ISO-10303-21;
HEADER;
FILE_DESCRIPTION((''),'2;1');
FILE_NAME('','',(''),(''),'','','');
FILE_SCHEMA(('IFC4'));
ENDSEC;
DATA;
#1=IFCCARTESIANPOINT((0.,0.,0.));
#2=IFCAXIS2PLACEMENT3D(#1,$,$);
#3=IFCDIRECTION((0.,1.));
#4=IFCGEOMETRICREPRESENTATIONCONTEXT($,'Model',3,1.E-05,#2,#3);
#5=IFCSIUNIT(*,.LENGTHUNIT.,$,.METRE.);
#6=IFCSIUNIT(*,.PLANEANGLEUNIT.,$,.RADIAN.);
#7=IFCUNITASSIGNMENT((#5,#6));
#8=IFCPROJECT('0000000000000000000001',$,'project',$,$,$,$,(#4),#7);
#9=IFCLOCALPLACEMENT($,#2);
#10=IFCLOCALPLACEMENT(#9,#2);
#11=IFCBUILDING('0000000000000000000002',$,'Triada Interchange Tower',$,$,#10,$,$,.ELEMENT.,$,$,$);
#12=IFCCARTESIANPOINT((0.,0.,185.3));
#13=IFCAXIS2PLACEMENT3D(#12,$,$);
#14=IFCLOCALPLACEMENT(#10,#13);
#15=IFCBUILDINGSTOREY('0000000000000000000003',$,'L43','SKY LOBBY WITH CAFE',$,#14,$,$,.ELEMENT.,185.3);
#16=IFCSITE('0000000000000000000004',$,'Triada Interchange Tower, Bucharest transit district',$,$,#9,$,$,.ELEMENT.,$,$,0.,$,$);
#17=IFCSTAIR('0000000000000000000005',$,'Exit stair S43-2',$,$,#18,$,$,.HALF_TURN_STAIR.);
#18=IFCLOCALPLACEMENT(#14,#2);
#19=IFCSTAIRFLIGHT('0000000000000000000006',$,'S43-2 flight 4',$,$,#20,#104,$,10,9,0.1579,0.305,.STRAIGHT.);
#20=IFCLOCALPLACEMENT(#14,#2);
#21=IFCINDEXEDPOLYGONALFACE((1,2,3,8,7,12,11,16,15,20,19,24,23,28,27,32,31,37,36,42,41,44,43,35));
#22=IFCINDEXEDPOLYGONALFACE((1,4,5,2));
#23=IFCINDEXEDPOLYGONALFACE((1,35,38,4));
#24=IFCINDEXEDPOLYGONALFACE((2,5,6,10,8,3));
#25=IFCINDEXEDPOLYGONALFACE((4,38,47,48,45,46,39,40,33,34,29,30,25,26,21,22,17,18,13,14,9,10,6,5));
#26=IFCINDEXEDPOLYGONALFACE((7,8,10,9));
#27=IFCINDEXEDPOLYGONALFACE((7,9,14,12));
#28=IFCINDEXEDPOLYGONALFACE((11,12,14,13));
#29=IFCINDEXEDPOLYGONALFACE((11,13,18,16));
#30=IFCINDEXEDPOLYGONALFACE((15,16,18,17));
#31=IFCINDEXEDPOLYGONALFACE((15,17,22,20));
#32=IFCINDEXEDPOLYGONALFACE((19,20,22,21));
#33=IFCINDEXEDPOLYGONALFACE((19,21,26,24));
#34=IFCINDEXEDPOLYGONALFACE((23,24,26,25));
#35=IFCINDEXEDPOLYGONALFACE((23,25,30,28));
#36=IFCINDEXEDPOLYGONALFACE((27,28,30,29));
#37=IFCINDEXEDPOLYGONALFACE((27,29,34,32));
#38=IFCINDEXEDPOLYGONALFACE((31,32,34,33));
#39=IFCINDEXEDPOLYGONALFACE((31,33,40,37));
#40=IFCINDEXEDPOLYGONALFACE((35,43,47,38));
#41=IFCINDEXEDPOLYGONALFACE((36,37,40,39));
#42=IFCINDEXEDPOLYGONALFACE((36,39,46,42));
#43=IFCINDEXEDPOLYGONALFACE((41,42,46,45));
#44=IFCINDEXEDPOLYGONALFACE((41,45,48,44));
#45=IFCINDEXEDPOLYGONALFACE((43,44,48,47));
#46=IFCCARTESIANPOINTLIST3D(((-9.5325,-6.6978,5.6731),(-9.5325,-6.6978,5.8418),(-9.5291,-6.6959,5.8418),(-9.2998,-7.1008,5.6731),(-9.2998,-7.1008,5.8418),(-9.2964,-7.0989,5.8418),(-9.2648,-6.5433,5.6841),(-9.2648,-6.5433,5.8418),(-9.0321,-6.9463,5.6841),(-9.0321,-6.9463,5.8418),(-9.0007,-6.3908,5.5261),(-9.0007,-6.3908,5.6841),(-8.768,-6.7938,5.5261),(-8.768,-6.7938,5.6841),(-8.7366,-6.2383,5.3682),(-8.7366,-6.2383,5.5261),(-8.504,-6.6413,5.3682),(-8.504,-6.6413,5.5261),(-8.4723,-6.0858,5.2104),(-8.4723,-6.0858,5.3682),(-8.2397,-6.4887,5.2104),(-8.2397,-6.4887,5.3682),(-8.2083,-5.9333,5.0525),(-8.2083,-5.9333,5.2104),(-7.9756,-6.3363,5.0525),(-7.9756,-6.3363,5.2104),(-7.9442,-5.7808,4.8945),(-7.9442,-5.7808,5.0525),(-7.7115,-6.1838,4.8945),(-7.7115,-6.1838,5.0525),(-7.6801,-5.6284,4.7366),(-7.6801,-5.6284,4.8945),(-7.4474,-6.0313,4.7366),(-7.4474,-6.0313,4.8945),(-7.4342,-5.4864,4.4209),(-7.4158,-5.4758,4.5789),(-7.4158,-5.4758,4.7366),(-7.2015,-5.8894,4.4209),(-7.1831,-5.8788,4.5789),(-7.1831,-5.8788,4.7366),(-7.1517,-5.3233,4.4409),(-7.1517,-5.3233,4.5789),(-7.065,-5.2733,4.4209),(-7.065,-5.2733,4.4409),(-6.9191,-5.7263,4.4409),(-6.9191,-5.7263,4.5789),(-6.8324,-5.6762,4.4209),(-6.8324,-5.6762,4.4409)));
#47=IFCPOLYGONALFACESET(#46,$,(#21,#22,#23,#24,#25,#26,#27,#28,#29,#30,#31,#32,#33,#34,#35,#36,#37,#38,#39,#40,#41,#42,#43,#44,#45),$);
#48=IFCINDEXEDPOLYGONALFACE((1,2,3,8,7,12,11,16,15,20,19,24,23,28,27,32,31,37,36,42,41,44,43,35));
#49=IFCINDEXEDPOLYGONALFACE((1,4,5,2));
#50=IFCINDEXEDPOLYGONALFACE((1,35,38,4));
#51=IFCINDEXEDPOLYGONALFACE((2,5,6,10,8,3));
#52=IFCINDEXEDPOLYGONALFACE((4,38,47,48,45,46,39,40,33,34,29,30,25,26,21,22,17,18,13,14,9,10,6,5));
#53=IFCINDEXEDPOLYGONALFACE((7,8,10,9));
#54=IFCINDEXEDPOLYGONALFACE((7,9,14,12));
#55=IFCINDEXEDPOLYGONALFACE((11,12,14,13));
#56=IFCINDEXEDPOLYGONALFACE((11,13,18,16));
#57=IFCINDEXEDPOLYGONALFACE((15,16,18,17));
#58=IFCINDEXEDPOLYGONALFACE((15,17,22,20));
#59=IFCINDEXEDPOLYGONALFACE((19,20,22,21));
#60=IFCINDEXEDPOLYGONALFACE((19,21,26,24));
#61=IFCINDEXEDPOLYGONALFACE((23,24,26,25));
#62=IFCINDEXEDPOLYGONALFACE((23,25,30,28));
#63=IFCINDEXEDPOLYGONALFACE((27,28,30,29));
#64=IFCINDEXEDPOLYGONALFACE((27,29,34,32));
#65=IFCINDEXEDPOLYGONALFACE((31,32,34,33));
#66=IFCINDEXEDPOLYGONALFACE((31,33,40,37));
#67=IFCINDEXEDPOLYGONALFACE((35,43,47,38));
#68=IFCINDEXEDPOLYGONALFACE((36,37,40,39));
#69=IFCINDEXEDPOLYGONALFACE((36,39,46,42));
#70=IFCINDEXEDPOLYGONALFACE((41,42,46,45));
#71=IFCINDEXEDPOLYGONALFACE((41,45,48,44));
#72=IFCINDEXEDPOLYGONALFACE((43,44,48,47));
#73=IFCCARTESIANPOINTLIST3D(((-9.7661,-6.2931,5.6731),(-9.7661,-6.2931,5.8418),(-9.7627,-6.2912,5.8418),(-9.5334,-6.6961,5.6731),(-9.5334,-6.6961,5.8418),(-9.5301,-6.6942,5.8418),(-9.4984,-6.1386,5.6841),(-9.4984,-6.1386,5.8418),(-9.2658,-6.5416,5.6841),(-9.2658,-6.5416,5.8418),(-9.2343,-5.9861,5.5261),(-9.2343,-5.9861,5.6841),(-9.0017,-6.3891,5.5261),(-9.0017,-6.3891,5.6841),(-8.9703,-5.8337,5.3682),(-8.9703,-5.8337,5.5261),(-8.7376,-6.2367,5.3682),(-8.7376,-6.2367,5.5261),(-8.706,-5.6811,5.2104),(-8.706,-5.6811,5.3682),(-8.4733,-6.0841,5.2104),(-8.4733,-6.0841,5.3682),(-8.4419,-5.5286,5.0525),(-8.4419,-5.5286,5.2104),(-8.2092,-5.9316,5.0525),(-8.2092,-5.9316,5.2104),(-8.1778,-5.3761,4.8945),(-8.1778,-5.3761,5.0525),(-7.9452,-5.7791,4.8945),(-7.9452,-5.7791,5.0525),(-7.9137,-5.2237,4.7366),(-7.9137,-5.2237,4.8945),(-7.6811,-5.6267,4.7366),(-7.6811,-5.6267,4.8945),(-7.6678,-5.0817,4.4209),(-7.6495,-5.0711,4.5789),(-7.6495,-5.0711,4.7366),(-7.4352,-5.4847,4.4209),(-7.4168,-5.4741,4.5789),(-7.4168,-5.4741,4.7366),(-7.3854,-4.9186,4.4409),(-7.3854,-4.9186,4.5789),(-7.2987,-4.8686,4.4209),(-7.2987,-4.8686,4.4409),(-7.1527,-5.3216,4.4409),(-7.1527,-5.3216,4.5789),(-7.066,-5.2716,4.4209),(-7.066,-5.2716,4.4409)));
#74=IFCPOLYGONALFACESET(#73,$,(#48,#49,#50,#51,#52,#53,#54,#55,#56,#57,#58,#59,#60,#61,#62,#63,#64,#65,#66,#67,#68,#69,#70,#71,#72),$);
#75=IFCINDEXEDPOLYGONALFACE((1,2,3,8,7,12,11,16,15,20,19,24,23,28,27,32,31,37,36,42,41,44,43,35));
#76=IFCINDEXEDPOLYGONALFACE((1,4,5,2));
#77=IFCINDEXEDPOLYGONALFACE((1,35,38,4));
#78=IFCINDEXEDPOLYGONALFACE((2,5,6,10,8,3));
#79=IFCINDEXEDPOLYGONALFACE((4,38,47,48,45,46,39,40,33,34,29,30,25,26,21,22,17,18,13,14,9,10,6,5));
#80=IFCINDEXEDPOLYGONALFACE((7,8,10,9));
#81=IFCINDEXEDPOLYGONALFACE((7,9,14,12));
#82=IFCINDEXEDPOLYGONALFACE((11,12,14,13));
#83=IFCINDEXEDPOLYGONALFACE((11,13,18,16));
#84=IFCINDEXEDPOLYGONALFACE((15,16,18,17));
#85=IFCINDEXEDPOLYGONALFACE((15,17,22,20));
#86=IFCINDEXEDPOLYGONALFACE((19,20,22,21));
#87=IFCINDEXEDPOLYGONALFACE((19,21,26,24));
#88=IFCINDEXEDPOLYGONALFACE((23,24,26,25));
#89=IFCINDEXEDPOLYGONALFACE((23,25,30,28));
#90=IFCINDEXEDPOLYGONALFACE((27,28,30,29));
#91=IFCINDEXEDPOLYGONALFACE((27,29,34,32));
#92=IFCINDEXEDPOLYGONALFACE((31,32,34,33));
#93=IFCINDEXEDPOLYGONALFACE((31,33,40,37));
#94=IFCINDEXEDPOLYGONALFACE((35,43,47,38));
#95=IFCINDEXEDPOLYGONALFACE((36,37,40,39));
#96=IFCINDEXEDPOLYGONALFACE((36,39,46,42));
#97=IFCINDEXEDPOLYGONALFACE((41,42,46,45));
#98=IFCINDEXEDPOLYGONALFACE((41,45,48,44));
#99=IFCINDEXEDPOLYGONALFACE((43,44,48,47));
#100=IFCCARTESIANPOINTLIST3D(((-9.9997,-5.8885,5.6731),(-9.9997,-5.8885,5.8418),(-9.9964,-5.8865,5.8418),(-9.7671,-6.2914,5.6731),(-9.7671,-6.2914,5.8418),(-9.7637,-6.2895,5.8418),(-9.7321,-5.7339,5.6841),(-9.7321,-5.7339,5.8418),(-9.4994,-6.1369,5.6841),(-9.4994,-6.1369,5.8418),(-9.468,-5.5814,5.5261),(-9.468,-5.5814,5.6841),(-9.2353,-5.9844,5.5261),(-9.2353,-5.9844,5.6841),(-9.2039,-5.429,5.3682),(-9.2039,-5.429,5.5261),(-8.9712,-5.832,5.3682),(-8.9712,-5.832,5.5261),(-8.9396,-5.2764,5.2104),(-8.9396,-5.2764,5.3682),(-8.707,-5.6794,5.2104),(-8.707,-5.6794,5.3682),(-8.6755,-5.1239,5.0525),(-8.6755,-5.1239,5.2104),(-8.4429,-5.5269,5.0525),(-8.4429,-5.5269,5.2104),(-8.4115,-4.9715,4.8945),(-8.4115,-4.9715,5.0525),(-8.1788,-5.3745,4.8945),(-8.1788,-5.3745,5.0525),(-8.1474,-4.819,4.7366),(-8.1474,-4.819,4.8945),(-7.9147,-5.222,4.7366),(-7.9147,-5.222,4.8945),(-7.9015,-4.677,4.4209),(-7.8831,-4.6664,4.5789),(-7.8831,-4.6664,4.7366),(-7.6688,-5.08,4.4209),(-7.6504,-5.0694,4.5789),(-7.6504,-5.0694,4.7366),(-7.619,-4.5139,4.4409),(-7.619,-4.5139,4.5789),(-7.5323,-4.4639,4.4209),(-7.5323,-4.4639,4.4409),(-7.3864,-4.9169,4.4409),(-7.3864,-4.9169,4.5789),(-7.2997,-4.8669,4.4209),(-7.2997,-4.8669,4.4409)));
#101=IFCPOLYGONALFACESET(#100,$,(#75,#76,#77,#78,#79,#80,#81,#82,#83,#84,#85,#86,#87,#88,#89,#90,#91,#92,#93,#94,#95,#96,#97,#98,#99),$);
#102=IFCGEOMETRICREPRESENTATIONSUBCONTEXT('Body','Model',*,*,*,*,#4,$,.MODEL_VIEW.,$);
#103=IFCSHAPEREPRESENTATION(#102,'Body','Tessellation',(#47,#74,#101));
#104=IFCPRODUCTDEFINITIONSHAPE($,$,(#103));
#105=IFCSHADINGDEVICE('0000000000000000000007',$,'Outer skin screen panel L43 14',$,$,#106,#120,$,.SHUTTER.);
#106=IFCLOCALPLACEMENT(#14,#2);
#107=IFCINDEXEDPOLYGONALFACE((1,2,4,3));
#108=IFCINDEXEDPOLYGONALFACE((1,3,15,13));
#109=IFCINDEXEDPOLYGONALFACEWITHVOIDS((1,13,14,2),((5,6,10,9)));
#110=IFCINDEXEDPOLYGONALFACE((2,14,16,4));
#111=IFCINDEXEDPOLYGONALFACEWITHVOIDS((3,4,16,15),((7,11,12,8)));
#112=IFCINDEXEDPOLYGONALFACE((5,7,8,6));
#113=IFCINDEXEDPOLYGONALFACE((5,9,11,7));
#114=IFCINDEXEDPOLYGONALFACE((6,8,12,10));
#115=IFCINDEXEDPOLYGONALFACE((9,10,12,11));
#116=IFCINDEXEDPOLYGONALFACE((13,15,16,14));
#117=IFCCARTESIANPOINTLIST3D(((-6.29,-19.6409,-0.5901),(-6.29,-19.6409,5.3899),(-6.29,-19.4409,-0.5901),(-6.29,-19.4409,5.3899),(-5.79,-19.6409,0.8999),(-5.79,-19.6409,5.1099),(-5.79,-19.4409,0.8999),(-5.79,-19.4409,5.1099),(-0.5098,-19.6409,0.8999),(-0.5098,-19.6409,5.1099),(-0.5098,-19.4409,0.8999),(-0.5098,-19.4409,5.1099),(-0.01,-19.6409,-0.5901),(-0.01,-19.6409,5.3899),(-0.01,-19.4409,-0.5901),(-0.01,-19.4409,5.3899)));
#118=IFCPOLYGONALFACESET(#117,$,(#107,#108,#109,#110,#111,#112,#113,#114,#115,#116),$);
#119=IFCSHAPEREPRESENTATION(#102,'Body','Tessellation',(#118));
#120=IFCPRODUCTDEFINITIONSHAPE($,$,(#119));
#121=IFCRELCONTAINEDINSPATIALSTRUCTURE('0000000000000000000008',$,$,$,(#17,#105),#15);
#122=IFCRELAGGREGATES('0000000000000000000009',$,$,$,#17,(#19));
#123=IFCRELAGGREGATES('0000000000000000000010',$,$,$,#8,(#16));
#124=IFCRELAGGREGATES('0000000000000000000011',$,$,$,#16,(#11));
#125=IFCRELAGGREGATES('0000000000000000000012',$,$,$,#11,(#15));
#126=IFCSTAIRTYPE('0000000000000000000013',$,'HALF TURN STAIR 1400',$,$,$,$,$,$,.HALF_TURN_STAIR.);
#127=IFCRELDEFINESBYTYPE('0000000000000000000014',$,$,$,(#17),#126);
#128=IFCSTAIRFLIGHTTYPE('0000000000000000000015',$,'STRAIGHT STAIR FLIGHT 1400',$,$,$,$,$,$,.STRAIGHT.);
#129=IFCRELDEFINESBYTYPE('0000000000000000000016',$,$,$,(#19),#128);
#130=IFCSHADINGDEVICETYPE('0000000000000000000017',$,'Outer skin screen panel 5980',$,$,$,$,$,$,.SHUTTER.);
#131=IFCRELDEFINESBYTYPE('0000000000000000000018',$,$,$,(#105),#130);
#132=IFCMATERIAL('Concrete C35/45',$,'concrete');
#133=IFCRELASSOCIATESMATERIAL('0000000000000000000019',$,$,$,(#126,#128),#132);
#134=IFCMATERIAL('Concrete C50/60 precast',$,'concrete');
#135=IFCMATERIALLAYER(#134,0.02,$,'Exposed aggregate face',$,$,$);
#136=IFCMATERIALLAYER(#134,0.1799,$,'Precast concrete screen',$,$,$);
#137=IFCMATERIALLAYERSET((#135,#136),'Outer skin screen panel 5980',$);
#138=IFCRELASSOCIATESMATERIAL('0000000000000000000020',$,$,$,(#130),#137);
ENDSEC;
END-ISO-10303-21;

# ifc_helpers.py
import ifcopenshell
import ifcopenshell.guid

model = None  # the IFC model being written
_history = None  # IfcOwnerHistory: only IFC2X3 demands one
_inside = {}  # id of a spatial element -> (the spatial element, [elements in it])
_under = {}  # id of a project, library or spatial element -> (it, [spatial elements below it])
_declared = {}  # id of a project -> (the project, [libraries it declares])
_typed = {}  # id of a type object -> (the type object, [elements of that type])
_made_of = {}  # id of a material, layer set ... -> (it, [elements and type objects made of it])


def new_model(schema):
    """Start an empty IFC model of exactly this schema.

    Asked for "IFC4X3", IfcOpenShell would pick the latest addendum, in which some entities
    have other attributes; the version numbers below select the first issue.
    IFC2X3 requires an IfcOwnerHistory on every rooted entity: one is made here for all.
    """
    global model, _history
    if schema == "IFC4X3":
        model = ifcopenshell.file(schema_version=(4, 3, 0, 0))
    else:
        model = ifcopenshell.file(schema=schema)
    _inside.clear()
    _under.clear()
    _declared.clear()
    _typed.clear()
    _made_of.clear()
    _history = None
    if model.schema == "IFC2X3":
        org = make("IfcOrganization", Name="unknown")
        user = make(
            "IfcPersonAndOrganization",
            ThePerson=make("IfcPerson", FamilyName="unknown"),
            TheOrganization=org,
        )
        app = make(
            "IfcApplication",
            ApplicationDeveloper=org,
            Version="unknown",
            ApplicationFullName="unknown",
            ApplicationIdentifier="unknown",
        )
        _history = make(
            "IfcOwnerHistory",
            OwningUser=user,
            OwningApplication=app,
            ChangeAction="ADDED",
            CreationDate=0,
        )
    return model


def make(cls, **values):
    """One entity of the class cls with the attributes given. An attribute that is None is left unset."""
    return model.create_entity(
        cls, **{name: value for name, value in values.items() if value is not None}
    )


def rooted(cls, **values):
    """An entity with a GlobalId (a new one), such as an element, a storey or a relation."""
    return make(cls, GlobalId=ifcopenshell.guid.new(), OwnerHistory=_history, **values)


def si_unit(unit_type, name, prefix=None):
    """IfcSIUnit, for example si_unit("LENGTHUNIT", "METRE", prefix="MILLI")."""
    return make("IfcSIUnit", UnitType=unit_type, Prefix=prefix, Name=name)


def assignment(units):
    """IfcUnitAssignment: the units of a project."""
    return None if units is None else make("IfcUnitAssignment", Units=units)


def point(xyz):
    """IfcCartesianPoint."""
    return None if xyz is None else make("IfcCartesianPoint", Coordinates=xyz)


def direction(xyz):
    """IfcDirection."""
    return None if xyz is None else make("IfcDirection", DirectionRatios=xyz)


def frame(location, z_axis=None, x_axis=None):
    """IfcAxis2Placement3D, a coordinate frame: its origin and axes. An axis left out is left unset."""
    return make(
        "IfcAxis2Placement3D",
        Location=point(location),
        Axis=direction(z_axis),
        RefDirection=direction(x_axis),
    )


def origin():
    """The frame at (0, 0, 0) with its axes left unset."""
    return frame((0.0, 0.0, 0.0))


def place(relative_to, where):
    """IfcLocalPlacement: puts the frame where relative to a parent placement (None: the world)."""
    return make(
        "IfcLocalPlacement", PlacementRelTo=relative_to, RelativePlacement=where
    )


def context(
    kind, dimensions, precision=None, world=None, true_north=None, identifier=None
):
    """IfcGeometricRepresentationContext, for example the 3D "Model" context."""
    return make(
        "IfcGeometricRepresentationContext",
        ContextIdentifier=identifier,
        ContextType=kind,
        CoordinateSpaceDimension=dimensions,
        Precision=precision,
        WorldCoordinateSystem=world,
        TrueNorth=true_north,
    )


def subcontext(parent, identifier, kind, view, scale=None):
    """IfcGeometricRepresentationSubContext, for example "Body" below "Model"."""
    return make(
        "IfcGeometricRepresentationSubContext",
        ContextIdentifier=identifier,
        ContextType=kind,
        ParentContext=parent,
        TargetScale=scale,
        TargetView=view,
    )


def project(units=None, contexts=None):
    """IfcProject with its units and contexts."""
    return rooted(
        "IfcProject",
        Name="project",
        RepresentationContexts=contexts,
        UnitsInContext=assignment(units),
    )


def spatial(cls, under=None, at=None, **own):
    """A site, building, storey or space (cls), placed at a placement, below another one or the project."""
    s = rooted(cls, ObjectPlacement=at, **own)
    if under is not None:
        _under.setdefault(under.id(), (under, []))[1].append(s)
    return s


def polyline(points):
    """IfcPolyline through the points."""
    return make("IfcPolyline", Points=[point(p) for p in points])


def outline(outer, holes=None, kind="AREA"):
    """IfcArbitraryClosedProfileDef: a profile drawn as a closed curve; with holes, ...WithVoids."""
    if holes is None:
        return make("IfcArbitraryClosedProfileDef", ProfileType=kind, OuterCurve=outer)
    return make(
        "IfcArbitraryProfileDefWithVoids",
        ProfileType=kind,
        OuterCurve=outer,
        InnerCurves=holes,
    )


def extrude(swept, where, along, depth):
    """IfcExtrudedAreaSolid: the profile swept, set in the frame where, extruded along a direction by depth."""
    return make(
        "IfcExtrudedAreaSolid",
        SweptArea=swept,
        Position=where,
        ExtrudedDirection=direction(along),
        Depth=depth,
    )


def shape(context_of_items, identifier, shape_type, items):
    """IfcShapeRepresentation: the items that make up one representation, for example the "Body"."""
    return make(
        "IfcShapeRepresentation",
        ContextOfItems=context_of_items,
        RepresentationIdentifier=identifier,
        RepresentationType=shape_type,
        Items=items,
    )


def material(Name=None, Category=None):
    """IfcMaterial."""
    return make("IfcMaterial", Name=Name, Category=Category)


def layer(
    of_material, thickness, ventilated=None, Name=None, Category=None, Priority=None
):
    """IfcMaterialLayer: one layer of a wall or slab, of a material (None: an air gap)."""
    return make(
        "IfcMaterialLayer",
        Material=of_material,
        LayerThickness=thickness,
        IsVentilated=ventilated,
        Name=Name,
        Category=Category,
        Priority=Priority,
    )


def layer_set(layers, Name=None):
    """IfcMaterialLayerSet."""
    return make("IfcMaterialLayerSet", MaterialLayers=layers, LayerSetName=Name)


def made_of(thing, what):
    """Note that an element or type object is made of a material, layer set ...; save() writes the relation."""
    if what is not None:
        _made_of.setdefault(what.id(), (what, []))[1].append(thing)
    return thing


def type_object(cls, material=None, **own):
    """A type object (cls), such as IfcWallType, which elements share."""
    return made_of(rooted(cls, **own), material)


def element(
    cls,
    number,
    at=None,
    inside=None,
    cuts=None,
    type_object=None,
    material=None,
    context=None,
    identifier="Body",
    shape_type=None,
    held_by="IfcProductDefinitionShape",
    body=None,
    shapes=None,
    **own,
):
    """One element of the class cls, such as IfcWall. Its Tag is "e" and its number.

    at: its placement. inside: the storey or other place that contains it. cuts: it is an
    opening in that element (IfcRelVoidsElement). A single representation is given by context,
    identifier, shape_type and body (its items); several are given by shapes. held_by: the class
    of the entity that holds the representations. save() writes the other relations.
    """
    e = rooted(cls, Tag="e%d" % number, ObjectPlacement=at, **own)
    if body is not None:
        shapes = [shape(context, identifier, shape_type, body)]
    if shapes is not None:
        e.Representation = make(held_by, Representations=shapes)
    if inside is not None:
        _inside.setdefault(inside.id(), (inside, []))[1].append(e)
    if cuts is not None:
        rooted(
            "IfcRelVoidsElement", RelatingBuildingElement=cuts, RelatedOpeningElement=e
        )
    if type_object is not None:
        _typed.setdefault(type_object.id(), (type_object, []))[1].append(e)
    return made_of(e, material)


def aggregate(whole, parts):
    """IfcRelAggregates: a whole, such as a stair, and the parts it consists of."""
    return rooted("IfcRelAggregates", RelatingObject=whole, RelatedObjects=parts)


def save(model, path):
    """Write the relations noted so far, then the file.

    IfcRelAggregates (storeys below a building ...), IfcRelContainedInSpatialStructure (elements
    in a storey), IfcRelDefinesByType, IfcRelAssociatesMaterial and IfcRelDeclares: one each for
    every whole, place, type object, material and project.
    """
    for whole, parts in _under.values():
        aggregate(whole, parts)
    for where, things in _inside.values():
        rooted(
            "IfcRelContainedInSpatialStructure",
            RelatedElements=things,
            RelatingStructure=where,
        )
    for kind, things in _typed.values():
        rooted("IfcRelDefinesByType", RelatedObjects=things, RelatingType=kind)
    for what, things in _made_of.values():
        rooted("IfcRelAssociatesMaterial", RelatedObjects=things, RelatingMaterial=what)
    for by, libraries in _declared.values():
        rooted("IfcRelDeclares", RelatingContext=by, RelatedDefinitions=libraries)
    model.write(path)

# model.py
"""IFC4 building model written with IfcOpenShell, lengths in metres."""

from ifc_helpers import new_model, si_unit, direction, frame, origin, place, context, subcontext, project, spatial, polyline, outline, extrude, material, layer, layer_set, type_object, element, aggregate, save


model = new_model("IFC4")

# Units and contexts
model_context = context("Model", 3, precision=1e-05, world=origin(), true_north=direction((0.0, 1.0)))
body_context = subcontext(model_context, "Body", "Model", "MODEL_VIEW")
ifc_project = project(units=[si_unit("LENGTHUNIT", "METRE"), si_unit("PLANEANGLEUNIT", "RADIAN")], contexts=[model_context])

# Site, building, storey
site_placement = place(None, origin())
site = spatial("IfcSite", under=ifc_project, at=site_placement, Name="Triada Interchange Tower, Bucharest transit district", CompositionType="ELEMENT", RefElevation=0.0)
building_placement = place(site_placement, origin())
building = spatial("IfcBuilding", under=site, at=building_placement, Name="Triada Interchange Tower", CompositionType="ELEMENT")
storey_placement = place(building_placement, frame((0.0, 0.0, 185.3)))
storey = spatial("IfcBuildingStorey", under=building, at=storey_placement, Name="L43", Description="SKY LOBBY WITH CAFE", CompositionType="ELEMENT", Elevation=185.3)

# Stair, stair flight
ifc_material_1 = material(Name="Concrete C35/45", Category="concrete")
stair_type = type_object("IfcStairType", Name="HALF TURN STAIR 1400", PredefinedType="HALF_TURN_STAIR", material=ifc_material_1)
stair_placement = place(storey_placement, origin())
stair = element("IfcStair", 1, at=stair_placement, inside=storey, type_object=stair_type, Name="Exit stair S43-2", PredefinedType="HALF_TURN_STAIR")
stair_flight_type = type_object("IfcStairFlightType", Name="STRAIGHT STAIR FLIGHT 1400", PredefinedType="STRAIGHT", material=ifc_material_1)
stair_flight_1_placement = place(storey_placement, frame((-7.269, -5.1201, 4.4209), z_axis=(0.0, 0.0, 1.0), x_axis=(-0.866025, -0.5, 0.0)))
stair_flight_1 = element("IfcStairFlight", 2, at=stair_flight_1_placement, type_object=stair_flight_type, Name="S43-2 flight 4", NumberOfRisers=10, NumberOfTreads=9, PredefinedType="STRAIGHT", RiserHeight=0.1579, TreadLength=0.305, context=body_context, shape_type="SweptSolid", body=[
    extrude(outline(polyline([(-0.1001, 0.0), (-0.1001, 0.02), (0.0, 0.02), (0.0, 0.158), (0.3049, 0.158), (0.3049, 0.3157), (0.6101, 0.3157), (0.6101, 0.4736), (0.915, 0.4736), (0.915, 0.6316), (1.22, 0.6316), (1.22, 0.7896), (1.5249, 0.7896), (1.5249, 0.9473), (1.8301, 0.9473), (1.8301, 1.1052), (2.135, 1.1052), (2.135, 1.2632), (2.4399, 1.2632), (2.4399, 1.4209), (2.7451, 1.4209), (2.749, 1.4209), (2.749, 1.5789), (2.749, 1.2522), (0.3262, 0.0), (-0.1001, 0.0)])), frame((0.0, 0.7, 0.0), z_axis=(0.0, -1.0, 0.0), x_axis=(1.0, 0.0, 0.0)), (0.0, 0.0, 1.0), 0.4653),
    extrude(outline(polyline([(-0.1001, 0.0), (-0.1001, 0.02), (0.0, 0.02), (0.0, 0.158), (0.3049, 0.158), (0.3049, 0.3157), (0.6101, 0.3157), (0.6101, 0.4736), (0.915, 0.4736), (0.915, 0.6316), (1.22, 0.6316), (1.22, 0.7896), (1.5249, 0.7896), (1.5249, 0.9473), (1.8301, 0.9473), (1.8301, 1.1052), (2.135, 1.1052), (2.135, 1.2632), (2.4399, 1.2632), (2.4399, 1.4209), (2.7451, 1.4209), (2.749, 1.4209), (2.749, 1.5789), (2.749, 1.2522), (0.3262, 0.0), (-0.1001, 0.0)])), frame((0.0, 0.2327, 0.0), z_axis=(0.0, -1.0, 0.0), x_axis=(1.0, 0.0, 0.0)), (0.0, 0.0, 1.0), 0.4653),
    extrude(outline(polyline([(-0.1001, 0.0), (-0.1001, 0.02), (0.0, 0.02), (0.0, 0.158), (0.3049, 0.158), (0.3049, 0.3157), (0.6101, 0.3157), (0.6101, 0.4736), (0.915, 0.4736), (0.915, 0.6316), (1.22, 0.6316), (1.22, 0.7896), (1.5249, 0.7896), (1.5249, 0.9473), (1.8301, 0.9473), (1.8301, 1.1052), (2.135, 1.1052), (2.135, 1.2632), (2.4399, 1.2632), (2.4399, 1.4209), (2.7451, 1.4209), (2.749, 1.4209), (2.749, 1.5789), (2.749, 1.2522), (0.3262, 0.0), (-0.1001, 0.0)])), frame((0.0, -0.2346, 0.0), z_axis=(0.0, -1.0, 0.0), x_axis=(1.0, 0.0, 0.0)), (0.0, 0.0, 1.0), 0.4653),
])

# Shading device
ifc_material_2 = material(Name="Concrete C50/60 precast", Category="concrete")
ifc_layer_1 = layer(ifc_material_2, 0.02, Name="Exposed aggregate face")
ifc_layer_2 = layer(ifc_material_2, 0.1799, Name="Precast concrete screen")
ifc_layer_set_1 = layer_set([ifc_layer_1, ifc_layer_2], Name="Outer skin screen panel 5980")
shading_device_type = type_object("IfcShadingDeviceType", Name="Outer skin screen panel 5980", PredefinedType="SHUTTER", material=ifc_layer_set_1)
shading_device_placement = place(storey_placement, frame((-6.29, -19.4409, -0.5901), z_axis=(0.0, 0.0, 1.0), x_axis=(1.0, 0.0, 0.0)))
element("IfcShadingDevice", 3, at=shading_device_placement, inside=storey, type_object=shading_device_type, Name="Outer skin screen panel L43 14", PredefinedType="SHUTTER", context=body_context, shape_type="SweptSolid", body=[
    extrude(outline(polyline([(0.0, 0.0), (6.28, 0.0), (6.28, 5.98), (0.0, 5.98), (0.0, 0.0)]), holes=[polyline([(0.5, 1.49), (0.5, 5.7), (5.7803, 5.7), (5.7803, 1.49), (0.5, 1.49)])]), frame((0.0, 0.0, 0.0), z_axis=(0.0, -1.0, 0.0), x_axis=(1.0, 0.0, 0.0)), (0.0, 0.0, 1.0), 0.2),
])

aggregate(stair, [stair_flight_1])

save(model, "model.ifc")
